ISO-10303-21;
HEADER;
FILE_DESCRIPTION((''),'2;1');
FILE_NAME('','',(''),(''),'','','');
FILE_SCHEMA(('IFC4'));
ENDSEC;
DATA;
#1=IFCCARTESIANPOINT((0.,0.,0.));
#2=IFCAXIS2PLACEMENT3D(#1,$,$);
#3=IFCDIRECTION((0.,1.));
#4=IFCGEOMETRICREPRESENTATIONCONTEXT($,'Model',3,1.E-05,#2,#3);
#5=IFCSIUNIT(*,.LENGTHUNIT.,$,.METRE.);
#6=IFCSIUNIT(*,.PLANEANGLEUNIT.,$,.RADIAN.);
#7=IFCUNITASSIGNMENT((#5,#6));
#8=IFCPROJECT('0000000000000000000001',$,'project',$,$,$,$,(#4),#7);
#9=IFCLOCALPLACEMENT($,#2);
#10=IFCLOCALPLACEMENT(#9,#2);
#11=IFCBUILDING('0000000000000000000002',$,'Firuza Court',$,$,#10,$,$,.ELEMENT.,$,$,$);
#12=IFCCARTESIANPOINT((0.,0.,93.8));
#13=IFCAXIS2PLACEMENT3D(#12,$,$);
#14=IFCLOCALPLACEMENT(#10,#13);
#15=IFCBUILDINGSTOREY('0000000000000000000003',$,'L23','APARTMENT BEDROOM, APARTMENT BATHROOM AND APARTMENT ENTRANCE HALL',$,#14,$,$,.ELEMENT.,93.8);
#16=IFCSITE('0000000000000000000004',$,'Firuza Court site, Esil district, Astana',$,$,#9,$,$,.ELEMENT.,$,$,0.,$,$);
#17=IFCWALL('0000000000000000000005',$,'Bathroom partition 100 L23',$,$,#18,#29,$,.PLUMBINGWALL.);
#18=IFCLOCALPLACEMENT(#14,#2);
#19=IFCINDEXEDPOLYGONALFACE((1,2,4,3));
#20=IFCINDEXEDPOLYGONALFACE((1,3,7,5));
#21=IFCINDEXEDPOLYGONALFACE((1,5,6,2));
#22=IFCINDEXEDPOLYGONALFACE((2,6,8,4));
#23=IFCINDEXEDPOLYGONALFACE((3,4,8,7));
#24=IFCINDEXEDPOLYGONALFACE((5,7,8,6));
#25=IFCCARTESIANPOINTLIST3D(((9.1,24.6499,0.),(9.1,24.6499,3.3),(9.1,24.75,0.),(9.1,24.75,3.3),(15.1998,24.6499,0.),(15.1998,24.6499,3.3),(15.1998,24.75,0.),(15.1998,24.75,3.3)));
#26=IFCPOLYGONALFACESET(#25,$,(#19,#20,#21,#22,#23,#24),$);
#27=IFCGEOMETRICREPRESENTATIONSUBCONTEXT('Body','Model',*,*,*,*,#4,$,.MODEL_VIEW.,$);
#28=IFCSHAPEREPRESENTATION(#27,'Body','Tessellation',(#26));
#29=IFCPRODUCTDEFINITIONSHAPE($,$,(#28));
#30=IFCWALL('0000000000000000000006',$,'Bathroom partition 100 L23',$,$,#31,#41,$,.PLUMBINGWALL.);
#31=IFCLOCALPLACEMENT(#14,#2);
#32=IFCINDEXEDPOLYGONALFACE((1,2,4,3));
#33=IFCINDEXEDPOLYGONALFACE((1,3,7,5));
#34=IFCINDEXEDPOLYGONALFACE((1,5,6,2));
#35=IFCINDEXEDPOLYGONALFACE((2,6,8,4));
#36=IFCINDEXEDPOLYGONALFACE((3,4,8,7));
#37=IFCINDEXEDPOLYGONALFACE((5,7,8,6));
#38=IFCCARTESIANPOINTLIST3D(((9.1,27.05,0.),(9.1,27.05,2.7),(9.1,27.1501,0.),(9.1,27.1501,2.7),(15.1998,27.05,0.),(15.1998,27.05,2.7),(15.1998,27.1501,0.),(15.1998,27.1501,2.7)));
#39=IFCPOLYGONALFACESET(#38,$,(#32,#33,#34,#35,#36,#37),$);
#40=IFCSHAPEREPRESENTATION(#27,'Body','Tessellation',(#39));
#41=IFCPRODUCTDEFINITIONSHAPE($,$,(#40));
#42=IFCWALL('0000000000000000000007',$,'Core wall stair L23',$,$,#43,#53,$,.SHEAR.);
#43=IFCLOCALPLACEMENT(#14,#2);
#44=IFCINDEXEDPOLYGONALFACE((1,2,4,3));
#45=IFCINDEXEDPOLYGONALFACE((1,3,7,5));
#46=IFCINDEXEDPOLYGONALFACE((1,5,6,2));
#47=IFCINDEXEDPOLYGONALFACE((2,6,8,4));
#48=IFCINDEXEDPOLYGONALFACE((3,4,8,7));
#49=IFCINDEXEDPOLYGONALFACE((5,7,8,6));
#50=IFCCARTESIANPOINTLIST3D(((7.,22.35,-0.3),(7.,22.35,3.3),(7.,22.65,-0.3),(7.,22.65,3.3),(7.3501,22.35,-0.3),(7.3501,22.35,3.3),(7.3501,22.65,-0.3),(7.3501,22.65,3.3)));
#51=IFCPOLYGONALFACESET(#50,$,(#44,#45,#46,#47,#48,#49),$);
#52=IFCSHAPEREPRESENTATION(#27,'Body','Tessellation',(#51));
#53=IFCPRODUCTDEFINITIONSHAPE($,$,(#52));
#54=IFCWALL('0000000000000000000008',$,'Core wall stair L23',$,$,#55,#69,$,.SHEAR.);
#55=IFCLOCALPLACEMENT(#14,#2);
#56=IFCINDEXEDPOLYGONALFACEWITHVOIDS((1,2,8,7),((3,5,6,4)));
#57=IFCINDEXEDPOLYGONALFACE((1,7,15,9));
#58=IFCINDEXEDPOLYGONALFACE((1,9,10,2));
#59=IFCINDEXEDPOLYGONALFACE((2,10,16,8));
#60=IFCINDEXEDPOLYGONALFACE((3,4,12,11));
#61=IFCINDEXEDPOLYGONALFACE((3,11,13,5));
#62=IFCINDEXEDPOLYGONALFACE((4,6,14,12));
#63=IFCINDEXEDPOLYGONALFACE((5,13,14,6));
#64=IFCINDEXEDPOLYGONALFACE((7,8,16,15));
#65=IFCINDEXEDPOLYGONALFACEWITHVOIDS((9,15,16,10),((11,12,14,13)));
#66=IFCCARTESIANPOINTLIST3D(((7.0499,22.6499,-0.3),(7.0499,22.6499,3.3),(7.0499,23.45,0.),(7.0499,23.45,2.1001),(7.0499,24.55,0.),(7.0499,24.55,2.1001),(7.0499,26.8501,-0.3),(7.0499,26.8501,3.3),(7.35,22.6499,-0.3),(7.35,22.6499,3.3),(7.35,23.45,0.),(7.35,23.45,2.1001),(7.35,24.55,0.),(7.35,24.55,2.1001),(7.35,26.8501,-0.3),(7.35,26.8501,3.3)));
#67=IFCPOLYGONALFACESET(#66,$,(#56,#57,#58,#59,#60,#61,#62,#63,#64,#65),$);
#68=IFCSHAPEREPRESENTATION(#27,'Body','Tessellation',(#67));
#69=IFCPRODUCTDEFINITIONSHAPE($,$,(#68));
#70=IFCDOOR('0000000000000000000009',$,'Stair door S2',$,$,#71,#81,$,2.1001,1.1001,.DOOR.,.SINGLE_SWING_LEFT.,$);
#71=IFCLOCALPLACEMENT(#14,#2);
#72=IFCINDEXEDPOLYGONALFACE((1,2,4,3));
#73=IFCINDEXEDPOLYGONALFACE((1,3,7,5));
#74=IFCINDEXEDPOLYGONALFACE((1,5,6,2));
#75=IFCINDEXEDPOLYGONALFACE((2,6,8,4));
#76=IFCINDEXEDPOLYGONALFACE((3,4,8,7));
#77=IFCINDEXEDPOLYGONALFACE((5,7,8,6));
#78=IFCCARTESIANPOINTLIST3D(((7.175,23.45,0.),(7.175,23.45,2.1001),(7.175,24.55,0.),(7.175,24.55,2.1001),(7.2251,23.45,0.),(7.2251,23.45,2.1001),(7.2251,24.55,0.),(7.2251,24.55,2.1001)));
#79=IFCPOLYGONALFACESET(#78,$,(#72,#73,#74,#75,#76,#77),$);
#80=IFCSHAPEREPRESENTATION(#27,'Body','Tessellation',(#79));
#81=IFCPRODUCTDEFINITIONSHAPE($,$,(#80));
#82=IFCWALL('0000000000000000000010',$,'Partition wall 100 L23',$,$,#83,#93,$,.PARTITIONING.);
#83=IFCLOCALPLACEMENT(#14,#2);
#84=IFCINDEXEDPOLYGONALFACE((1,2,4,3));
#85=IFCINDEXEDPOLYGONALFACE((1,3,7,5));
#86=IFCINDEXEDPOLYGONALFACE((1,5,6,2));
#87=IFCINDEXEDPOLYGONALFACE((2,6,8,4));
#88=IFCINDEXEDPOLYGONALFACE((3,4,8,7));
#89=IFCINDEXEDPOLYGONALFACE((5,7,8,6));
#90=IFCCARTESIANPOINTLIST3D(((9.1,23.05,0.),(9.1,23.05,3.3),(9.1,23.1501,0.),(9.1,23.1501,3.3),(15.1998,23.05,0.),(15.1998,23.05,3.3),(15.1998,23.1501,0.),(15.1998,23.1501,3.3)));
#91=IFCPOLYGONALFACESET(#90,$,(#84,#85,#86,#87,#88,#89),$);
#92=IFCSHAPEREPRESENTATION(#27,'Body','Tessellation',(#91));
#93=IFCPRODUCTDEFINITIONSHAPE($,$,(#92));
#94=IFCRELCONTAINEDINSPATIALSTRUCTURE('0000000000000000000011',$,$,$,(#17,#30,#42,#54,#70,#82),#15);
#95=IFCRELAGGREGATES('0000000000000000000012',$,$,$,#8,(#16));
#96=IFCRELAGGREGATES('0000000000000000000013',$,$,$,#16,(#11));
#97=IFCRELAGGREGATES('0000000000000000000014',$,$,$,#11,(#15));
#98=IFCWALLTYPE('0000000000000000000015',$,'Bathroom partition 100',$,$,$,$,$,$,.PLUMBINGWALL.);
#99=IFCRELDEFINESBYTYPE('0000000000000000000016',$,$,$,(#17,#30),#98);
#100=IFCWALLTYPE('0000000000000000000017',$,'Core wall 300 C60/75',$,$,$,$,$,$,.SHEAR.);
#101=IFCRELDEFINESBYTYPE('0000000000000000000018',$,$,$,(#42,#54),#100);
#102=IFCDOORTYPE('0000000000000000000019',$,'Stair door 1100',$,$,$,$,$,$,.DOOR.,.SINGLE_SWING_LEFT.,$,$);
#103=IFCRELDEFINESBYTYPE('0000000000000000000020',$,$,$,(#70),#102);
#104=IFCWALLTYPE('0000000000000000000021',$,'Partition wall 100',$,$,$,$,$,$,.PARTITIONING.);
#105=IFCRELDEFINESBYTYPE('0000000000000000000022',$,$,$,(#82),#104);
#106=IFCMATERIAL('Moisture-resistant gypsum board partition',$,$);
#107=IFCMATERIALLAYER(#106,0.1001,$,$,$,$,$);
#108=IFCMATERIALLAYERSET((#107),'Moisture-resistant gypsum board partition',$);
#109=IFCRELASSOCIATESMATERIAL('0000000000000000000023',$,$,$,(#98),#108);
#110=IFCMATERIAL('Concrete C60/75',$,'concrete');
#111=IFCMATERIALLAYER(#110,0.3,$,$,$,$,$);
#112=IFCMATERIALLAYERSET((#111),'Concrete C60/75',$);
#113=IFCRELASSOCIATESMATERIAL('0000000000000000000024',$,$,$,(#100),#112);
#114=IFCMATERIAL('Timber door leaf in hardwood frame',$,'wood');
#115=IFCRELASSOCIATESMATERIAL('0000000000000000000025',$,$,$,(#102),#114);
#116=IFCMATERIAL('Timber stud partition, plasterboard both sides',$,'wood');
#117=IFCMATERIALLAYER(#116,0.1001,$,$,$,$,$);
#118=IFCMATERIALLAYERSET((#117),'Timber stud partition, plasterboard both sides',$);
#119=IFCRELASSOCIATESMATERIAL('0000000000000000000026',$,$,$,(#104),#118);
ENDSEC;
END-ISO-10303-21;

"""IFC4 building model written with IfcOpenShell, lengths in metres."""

from ifc_helpers import new_model, si_unit, direction, frame, frame_2d, origin, place, context, subcontext, project, spatial, rectangle, extrude, material, layer, layer_set, type_object, element, fill, save


model = new_model("IFC4")

# Units and contexts
model_context = context("Model", 3, precision=1e-05, world=origin(), true_north=direction((0.0, 1.0)))
body_context = subcontext(model_context, "Body", "Model", "MODEL_VIEW")
ifc_project = project(units=[si_unit("LENGTHUNIT", "METRE"), si_unit("PLANEANGLEUNIT", "RADIAN")], contexts=[model_context])

# Site, building, storey
site_placement = place(None, origin())
site = spatial("IfcSite", under=ifc_project, at=site_placement, Name="Firuza Court site, Esil district, Astana", CompositionType="ELEMENT", RefElevation=0.0)
building_placement = place(site_placement, origin())
building = spatial("IfcBuilding", under=site, at=building_placement, Name="Firuza Court", CompositionType="ELEMENT")
storey_placement = place(building_placement, frame((0.0, 0.0, 93.8)))
storey = spatial("IfcBuildingStorey", under=building, at=storey_placement, Name="L23", Description="APARTMENT BEDROOM, APARTMENT BATHROOM AND APARTMENT ENTRANCE HALL", CompositionType="ELEMENT", Elevation=93.8)

# Walls
ifc_material_1 = material(Name="Moisture-resistant gypsum board partition")
ifc_layer_1 = layer(ifc_material_1, 0.1001)
ifc_layer_set_1 = layer_set([ifc_layer_1], Name="Moisture-resistant gypsum board partition")
wall_type_1 = type_object("IfcWallType", Name="Bathroom partition 100", PredefinedType="PLUMBINGWALL", material=ifc_layer_set_1)
wall_1_placement = place(storey_placement, frame((9.1001, 24.7, 0.0), z_axis=(0.0, 0.0, 1.0), x_axis=(1.0, 0.0, 0.0)))
element("IfcWall", 1, at=wall_1_placement, inside=storey, type_object=wall_type_1, Name="Bathroom partition 100 L23", PredefinedType="PLUMBINGWALL", context=body_context, shape_type="SweptSolid", body=[
    extrude(rectangle(XDim=6.0999, YDim=0.1001, at=frame_2d((3.0498, 0.0))), origin(), (0.0, 0.0, 1.0), 3.3),
])
wall_2_placement = place(storey_placement, frame((9.1001, 27.1001, 0.0), z_axis=(0.0, 0.0, 1.0), x_axis=(1.0, 0.0, 0.0)))
element("IfcWall", 2, at=wall_2_placement, inside=storey, type_object=wall_type_1, Name="Bathroom partition 100 L23", PredefinedType="PLUMBINGWALL", context=body_context, shape_type="SweptSolid", body=[
    extrude(rectangle(XDim=6.0999, YDim=0.1001, at=frame_2d((3.0498, 0.0))), origin(), (0.0, 0.0, 1.0), 2.7),
])
ifc_material_2 = material(Name="Concrete C60/75", Category="concrete")
ifc_layer_2 = layer(ifc_material_2, 0.3)
ifc_layer_set_2 = layer_set([ifc_layer_2], Name="Concrete C60/75")
wall_type_2 = type_object("IfcWallType", Name="Core wall 300 C60/75", PredefinedType="SHEAR", material=ifc_layer_set_2)
wall_3_placement = place(storey_placement, frame((7.0, 22.5, -0.3), z_axis=(0.0, 0.0, 1.0), x_axis=(1.0, 0.0, 0.0)))
element("IfcWall", 3, at=wall_3_placement, inside=storey, type_object=wall_type_2, Name="Core wall stair L23", PredefinedType="SHEAR", context=body_context, shape_type="SweptSolid", body=[
    extrude(rectangle(XDim=0.3501, YDim=0.3, at=frame_2d((0.175, 0.0))), origin(), (0.0, 0.0, 1.0), 3.6001),
])

# Wall, opening, door
wall_4_placement = place(storey_placement, frame((7.2, 22.6499, -0.3), z_axis=(0.0, 0.0, 1.0), x_axis=(0.0, 1.0, 0.0)))
wall_4 = element("IfcWall", 4, at=wall_4_placement, inside=storey, type_object=wall_type_2, Name="Core wall stair L23", PredefinedType="SHEAR", context=body_context, shape_type="SweptSolid", body=[
    extrude(rectangle(XDim=4.2002, YDim=0.3, at=frame_2d((2.1001, 0.0))), origin(), (0.0, 0.0, 1.0), 3.6001),
])
opening_1_placement = place(wall_4_placement, frame((0.8, 0.0, 0.3)))
opening_1 = element("IfcOpeningElement", 5, at=opening_1_placement, cuts=wall_4, PredefinedType="OPENING", context=body_context, shape_type="SweptSolid", body=[
    extrude(rectangle(XDim=1.1001, YDim=2.1001, at=frame_2d((0.55, 1.05))), frame((0.0, 0.1621, 0.0), z_axis=(0.0, -1.0, 0.0), x_axis=(1.0, 0.0, 0.0)), (0.0, 0.0, 1.0), 0.324),
])
ifc_material_3 = material(Name="Timber door leaf in hardwood frame", Category="wood")
door_type_1 = type_object("IfcDoorType", Name="Stair door 1100", OperationType="SINGLE_SWING_LEFT", PredefinedType="DOOR", material=ifc_material_3)
door_1_placement = place(opening_1_placement, origin())
door_1 = element("IfcDoor", 6, at=door_1_placement, inside=storey, type_object=door_type_1, Name="Stair door S2", OperationType="SINGLE_SWING_LEFT", OverallHeight=2.1001, OverallWidth=1.1001, PredefinedType="DOOR", context=body_context, shape_type="SweptSolid", body=[
    extrude(rectangle(XDim=1.1001, YDim=2.1001, at=frame_2d((0.55, 1.05))), frame((0.0, 0.0249, 0.0), z_axis=(0.0, -1.0, 0.0), x_axis=(1.0, 0.0, 0.0)), (0.0, 0.0, 1.0), 0.05),
])
fill(opening_1, door_1)

# Wall
ifc_material_4 = material(Name="Timber stud partition, plasterboard both sides", Category="wood")
ifc_layer_3 = layer(ifc_material_4, 0.1001)
ifc_layer_set_3 = layer_set([ifc_layer_3], Name="Timber stud partition, plasterboard both sides")
wall_type_3 = type_object("IfcWallType", Name="Partition wall 100", PredefinedType="PARTITIONING", material=ifc_layer_set_3)
wall_5_placement = place(storey_placement, frame((9.1001, 23.1001, 0.0), z_axis=(0.0, 0.0, 1.0), x_axis=(1.0, 0.0, 0.0)))
element("IfcWall", 7, at=wall_5_placement, inside=storey, type_object=wall_type_3, Name="Partition wall 100 L23", PredefinedType="PARTITIONING", context=body_context, shape_type="SweptSolid", body=[
    extrude(rectangle(XDim=6.0999, YDim=0.1001, at=frame_2d((3.0498, 0.0))), origin(), (0.0, 0.0, 1.0), 3.3),
])

save(model, "model.ifc")
